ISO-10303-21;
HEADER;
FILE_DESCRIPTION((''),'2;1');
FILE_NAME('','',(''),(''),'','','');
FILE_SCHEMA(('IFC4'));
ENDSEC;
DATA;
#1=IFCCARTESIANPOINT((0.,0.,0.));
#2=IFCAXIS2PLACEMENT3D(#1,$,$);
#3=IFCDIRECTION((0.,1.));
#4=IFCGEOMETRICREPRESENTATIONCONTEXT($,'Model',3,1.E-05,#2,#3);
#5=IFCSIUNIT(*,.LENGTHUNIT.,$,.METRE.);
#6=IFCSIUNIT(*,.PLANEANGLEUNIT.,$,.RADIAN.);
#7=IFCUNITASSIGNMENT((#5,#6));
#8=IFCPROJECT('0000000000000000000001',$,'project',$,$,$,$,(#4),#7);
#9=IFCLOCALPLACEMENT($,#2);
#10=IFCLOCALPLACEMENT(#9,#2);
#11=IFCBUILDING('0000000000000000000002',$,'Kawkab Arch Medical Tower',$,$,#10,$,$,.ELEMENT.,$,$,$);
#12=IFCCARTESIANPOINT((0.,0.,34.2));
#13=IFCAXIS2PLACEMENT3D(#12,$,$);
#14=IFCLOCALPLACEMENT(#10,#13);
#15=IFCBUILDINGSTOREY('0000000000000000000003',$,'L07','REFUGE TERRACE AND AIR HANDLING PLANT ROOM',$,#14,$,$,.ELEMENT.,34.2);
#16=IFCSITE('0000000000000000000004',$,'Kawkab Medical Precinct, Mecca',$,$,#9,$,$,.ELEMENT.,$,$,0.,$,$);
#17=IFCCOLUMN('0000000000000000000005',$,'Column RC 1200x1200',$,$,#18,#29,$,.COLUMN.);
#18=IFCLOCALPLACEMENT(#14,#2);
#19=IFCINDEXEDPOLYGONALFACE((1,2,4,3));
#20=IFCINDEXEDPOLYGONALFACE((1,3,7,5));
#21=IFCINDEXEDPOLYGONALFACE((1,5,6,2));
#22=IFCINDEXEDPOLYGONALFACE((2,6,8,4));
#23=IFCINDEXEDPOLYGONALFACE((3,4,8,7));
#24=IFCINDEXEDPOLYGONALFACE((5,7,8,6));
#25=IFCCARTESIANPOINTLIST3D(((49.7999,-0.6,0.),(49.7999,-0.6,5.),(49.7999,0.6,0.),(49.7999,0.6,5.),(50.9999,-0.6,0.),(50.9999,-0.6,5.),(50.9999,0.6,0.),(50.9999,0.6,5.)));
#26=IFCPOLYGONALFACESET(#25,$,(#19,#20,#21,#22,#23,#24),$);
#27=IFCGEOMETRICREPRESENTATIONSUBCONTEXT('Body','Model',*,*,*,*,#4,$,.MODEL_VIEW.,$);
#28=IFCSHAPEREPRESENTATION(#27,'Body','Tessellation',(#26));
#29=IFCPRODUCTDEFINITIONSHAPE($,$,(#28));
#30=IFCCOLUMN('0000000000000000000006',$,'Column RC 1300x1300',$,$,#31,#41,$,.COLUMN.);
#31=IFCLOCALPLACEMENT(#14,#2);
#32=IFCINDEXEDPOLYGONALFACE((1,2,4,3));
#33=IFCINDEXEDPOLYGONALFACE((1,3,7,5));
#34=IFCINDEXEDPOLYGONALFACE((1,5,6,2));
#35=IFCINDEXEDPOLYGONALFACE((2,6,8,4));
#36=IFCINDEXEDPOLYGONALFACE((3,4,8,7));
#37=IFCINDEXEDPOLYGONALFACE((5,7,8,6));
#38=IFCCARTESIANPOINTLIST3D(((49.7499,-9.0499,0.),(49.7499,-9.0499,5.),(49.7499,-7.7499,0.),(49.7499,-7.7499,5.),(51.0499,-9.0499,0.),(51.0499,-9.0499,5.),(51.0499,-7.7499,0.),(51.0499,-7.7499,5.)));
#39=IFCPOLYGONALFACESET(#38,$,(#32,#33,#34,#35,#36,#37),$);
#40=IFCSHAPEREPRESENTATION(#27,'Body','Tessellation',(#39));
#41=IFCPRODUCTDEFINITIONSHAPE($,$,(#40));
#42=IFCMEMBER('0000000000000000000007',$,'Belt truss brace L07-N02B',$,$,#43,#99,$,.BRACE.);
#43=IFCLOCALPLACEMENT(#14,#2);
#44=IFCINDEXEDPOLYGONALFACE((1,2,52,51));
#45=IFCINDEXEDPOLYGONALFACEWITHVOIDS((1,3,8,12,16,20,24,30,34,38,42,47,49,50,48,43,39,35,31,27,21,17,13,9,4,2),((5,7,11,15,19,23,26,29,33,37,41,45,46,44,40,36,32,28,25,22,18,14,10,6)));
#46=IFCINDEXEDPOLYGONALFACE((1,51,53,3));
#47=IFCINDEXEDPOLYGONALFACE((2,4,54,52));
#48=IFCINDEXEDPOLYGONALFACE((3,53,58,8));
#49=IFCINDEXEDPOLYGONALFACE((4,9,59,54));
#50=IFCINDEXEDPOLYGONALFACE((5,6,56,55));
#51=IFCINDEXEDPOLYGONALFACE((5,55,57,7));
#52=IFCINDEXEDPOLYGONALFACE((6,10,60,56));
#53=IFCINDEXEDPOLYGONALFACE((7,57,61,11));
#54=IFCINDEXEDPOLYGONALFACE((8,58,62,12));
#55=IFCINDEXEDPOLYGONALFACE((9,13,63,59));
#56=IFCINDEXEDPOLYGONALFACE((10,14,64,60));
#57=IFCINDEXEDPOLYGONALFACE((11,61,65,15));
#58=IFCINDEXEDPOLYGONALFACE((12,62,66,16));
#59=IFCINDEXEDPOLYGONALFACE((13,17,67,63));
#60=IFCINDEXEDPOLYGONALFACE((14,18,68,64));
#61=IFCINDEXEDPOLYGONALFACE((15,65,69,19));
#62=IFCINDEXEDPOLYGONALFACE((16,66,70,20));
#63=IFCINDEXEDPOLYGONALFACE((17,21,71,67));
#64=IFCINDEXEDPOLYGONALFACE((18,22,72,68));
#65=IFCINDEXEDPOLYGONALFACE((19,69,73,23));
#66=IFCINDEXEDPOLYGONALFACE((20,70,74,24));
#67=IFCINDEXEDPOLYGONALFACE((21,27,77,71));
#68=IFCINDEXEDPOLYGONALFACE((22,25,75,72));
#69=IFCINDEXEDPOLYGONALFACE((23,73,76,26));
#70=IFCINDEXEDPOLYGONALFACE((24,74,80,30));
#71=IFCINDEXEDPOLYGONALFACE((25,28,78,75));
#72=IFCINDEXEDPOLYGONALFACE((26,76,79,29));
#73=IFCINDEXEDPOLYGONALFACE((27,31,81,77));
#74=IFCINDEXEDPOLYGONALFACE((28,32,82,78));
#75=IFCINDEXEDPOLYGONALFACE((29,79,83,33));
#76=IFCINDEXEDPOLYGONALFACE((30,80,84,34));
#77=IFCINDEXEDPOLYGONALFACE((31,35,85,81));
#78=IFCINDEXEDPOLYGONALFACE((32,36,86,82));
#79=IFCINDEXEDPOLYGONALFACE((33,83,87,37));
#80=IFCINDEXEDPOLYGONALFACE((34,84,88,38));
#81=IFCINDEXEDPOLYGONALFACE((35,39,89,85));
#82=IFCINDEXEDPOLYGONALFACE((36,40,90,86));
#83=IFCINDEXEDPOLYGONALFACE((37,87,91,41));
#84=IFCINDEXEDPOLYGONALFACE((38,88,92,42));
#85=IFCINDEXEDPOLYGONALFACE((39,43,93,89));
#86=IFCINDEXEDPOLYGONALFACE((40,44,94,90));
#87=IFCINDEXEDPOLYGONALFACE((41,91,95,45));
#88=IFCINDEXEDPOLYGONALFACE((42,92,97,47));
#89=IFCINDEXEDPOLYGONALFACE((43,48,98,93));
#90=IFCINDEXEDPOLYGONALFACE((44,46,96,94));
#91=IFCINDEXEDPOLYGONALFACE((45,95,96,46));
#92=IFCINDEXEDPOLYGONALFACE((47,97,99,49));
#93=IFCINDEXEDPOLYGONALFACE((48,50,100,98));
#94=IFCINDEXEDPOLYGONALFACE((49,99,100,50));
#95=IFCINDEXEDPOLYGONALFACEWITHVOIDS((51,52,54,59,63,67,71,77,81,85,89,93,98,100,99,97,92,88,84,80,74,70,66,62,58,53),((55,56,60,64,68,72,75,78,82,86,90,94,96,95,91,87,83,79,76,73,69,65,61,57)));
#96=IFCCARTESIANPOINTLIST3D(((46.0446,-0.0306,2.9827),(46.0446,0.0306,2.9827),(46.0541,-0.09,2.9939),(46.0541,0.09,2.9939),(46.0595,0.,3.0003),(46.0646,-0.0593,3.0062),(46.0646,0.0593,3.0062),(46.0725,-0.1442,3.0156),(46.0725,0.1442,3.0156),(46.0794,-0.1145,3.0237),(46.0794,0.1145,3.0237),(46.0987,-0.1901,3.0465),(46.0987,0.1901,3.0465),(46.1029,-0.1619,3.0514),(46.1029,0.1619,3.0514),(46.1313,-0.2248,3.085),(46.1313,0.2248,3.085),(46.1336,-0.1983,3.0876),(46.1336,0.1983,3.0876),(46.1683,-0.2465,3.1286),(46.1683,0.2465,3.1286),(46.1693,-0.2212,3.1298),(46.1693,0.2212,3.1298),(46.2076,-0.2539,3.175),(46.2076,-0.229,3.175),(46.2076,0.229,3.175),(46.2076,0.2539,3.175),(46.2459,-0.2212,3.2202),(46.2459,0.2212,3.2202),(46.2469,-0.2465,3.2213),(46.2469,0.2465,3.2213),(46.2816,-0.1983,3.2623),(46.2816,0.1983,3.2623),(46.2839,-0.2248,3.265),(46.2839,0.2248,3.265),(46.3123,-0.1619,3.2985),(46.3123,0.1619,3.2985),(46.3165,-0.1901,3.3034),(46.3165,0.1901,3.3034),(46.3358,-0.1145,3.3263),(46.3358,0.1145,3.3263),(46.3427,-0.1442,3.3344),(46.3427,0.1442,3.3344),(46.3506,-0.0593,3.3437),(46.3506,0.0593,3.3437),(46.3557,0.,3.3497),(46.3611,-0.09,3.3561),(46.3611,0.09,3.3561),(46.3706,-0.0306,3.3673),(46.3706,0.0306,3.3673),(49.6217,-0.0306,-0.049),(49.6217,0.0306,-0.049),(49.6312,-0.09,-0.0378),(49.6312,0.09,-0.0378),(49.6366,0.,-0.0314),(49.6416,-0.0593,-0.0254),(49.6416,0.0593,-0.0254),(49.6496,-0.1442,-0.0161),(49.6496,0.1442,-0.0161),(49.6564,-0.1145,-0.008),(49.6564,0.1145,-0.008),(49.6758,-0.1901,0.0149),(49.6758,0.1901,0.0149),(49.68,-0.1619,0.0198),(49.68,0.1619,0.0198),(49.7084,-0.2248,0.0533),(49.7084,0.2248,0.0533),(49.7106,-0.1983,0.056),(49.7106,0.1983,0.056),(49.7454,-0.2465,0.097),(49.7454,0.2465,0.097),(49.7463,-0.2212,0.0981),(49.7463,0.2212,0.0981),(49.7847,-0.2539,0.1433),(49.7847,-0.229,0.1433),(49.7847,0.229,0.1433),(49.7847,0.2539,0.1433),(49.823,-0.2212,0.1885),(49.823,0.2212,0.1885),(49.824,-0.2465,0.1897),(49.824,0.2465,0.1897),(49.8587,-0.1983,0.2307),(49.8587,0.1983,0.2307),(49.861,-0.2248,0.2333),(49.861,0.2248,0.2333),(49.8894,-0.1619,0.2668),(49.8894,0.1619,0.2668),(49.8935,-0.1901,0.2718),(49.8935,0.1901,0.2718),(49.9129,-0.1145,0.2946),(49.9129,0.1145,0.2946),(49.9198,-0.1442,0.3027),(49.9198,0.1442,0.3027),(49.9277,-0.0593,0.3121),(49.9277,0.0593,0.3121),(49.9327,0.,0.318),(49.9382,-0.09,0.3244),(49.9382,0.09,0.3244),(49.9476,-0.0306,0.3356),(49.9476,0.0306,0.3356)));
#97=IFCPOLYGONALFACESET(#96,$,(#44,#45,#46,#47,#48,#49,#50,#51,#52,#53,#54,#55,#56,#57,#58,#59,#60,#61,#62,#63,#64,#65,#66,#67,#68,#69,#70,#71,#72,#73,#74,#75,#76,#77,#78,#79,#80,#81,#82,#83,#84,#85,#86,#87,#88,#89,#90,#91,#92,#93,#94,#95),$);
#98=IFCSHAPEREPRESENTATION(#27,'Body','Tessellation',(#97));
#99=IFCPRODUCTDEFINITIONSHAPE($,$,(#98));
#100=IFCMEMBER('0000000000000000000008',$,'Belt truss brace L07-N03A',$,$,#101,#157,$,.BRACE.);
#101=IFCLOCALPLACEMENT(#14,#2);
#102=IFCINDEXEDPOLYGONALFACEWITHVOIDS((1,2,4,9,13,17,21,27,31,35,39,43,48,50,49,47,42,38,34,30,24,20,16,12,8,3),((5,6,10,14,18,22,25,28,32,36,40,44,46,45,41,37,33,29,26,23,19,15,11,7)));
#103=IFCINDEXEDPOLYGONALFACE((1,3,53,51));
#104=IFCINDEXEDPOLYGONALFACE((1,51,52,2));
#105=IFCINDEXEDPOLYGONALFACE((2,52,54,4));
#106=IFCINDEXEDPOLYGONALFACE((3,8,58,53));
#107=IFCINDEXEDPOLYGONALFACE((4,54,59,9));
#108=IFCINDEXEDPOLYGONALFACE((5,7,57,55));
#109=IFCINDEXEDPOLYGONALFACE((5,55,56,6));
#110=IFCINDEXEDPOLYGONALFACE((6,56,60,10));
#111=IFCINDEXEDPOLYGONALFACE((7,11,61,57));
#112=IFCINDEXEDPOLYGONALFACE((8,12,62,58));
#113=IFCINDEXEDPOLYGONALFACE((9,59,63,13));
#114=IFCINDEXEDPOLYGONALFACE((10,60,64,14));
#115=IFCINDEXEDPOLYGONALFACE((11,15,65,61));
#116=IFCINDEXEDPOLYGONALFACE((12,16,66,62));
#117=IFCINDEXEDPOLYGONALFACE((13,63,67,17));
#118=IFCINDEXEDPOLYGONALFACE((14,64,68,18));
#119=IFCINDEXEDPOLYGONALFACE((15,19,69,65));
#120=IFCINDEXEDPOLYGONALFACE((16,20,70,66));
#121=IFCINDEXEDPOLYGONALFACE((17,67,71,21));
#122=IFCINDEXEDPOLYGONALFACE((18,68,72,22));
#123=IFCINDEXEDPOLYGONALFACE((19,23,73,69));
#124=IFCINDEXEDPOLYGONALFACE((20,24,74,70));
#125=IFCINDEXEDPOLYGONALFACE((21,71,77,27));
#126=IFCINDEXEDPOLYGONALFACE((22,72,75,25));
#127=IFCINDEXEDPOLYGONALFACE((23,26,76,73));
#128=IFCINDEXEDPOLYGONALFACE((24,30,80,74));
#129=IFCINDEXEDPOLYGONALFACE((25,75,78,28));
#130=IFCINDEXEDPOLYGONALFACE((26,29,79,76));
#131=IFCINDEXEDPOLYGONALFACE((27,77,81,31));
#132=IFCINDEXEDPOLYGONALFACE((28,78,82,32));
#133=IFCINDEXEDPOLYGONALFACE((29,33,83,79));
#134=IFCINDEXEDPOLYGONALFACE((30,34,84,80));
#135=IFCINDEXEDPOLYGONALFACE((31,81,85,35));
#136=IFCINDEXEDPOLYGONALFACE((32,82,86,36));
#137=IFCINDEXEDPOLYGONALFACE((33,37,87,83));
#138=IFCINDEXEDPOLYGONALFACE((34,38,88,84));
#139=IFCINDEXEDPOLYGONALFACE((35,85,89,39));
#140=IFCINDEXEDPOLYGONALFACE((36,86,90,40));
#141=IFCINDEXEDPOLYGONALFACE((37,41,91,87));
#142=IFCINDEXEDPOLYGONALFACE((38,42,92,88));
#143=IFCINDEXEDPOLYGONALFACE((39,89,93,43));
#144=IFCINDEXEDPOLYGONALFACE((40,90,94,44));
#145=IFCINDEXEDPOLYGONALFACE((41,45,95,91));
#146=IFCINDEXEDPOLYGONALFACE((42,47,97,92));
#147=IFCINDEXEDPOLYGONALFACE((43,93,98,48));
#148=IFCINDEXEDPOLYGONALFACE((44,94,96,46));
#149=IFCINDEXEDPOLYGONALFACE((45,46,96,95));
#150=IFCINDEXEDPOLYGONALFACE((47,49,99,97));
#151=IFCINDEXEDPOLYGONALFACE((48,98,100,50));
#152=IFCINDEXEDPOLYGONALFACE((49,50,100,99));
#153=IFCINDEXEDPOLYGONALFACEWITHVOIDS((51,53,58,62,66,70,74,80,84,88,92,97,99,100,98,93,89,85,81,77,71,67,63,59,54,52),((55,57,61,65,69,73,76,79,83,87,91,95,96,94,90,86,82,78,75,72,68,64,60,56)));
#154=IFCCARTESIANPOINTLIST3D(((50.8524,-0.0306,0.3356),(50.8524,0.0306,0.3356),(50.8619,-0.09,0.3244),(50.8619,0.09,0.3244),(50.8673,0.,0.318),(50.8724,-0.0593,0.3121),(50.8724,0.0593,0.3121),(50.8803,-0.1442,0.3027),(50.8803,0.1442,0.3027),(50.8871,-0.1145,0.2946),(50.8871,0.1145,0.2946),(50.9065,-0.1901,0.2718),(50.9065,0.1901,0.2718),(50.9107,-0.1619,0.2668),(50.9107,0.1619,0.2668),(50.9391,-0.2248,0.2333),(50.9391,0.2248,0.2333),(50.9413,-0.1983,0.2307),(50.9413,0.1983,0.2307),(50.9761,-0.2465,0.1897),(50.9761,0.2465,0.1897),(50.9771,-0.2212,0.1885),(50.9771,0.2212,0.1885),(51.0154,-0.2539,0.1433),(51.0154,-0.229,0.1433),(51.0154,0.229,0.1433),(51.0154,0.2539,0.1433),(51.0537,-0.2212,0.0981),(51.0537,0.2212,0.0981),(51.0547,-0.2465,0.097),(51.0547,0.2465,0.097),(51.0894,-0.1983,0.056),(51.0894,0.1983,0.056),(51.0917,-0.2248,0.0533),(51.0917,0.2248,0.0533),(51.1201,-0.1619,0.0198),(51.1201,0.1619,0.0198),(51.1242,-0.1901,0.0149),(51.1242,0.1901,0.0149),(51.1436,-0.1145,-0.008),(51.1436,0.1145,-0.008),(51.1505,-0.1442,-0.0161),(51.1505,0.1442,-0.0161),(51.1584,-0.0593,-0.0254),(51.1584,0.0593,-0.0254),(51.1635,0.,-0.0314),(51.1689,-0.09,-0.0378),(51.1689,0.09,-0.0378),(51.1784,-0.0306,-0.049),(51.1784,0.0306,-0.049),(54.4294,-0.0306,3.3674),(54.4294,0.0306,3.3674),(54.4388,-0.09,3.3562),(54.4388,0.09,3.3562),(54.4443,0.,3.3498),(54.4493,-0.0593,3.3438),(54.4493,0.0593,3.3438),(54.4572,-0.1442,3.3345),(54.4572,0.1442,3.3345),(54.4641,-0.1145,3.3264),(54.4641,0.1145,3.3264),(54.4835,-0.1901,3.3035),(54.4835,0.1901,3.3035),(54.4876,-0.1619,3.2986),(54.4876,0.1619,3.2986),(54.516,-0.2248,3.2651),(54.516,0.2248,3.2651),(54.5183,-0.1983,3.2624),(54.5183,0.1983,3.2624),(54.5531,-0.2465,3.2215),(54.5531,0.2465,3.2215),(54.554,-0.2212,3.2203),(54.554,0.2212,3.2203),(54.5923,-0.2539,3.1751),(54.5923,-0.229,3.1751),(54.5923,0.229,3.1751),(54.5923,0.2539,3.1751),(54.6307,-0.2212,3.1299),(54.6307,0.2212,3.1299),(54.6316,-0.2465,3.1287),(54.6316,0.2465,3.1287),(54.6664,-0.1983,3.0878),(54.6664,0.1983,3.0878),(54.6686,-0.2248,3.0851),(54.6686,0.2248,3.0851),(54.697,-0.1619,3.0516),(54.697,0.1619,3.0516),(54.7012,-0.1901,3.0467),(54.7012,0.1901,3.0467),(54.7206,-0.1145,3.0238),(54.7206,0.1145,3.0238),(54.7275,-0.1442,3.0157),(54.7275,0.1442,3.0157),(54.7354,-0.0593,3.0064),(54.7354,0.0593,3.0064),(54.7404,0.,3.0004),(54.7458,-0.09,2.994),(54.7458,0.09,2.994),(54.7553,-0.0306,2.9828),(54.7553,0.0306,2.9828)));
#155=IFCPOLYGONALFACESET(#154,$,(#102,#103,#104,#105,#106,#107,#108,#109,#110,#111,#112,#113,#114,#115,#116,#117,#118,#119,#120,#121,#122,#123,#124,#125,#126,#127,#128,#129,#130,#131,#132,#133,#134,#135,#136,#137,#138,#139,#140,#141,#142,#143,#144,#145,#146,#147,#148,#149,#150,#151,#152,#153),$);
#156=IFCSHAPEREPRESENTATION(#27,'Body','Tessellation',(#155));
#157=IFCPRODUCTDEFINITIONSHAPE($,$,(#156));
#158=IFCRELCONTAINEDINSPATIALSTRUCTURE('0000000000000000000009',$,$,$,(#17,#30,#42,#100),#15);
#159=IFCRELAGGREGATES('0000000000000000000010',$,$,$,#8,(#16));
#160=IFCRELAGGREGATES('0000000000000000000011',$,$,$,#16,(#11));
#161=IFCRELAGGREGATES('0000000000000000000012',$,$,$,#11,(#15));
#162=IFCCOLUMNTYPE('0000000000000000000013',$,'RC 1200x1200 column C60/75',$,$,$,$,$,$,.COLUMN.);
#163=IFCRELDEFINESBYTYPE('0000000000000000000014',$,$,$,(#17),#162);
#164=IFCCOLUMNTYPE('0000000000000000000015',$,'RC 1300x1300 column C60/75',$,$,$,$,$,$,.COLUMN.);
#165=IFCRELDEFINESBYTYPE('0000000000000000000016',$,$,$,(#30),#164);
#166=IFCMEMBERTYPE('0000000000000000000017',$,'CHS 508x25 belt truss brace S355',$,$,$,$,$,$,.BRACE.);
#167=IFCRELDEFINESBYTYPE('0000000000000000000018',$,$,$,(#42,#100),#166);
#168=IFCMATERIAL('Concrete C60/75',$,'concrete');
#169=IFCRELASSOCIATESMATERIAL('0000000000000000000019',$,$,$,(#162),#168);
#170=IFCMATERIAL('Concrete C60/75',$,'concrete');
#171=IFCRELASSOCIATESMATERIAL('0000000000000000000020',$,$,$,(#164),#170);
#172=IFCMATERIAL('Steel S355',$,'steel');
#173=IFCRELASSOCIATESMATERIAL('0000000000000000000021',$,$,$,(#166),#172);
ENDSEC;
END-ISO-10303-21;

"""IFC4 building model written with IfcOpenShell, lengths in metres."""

from ifc_helpers import new_model, si_unit, direction, frame, origin, origin_2d, place, context, subcontext, project, spatial, rectangle, hollow_circle, extrude, material, material_profile, profile_set, type_object, element, save


model = new_model("IFC4")

# Units and contexts
model_context = context("Model", 3, precision=1e-05, world=origin(), true_north=direction((0.0, 1.0)))
body_context = subcontext(model_context, "Body", "Model", "MODEL_VIEW")
ifc_project = project(units=[si_unit("LENGTHUNIT", "METRE"), si_unit("PLANEANGLEUNIT", "RADIAN")], contexts=[model_context])

# Site, building, storey
site_placement = place(None, origin())
site = spatial("IfcSite", under=ifc_project, at=site_placement, Name="Kawkab Medical Precinct, Mecca", CompositionType="ELEMENT", RefElevation=0.0)
building_placement = place(site_placement, origin())
building = spatial("IfcBuilding", under=site, at=building_placement, Name="Kawkab Arch Medical Tower", CompositionType="ELEMENT")
storey_placement = place(building_placement, frame((0.0, 0.0, 34.2)))
storey = spatial("IfcBuildingStorey", under=building, at=storey_placement, Name="L07", Description="REFUGE TERRACE AND AIR HANDLING PLANT ROOM", CompositionType="ELEMENT", Elevation=34.2)

# Columns
ifc_material_1 = material(Name="Concrete C60/75", Category="concrete")
ifc_material_profile_1 = material_profile(ifc_material_1, rectangle(XDim=1.2, YDim=1.2, at=origin_2d()), Name="RC 1200x1200")
ifc_profile_set_1 = profile_set([ifc_material_profile_1], Name="Concrete C60/75")
column_type_1 = type_object("IfcColumnType", Name="RC 1200x1200 column C60/75", PredefinedType="COLUMN", material=ifc_profile_set_1)
column_1_placement = place(storey_placement, frame((50.3999, 0.0, 0.0), z_axis=(0.0, 0.0, 1.0), x_axis=(1.0, 0.0, 0.0)))
element("IfcColumn", 1, at=column_1_placement, inside=storey, type_object=column_type_1, Name="Column RC 1200x1200", PredefinedType="COLUMN", context=body_context, shape_type="SweptSolid", body=[
    extrude(rectangle(XDim=1.2, YDim=1.2, at=origin_2d()), origin(), (0.0, 0.0, 1.0), 5.0),
])
ifc_material_2 = material(Name="Concrete C60/75", Category="concrete")
ifc_material_profile_2 = material_profile(ifc_material_2, rectangle(XDim=1.3, YDim=1.3, at=origin_2d()), Name="RC 1300x1300")
ifc_profile_set_2 = profile_set([ifc_material_profile_2], Name="Concrete C60/75")
column_type_2 = type_object("IfcColumnType", Name="RC 1300x1300 column C60/75", PredefinedType="COLUMN", material=ifc_profile_set_2)
column_2_placement = place(storey_placement, frame((50.3999, -8.3999, 0.0), z_axis=(0.0, 0.0, 1.0), x_axis=(1.0, 0.0, 0.0)))
element("IfcColumn", 2, at=column_2_placement, inside=storey, type_object=column_type_2, Name="Column RC 1300x1300", PredefinedType="COLUMN", context=body_context, shape_type="SweptSolid", body=[
    extrude(rectangle(XDim=1.3, YDim=1.3, at=origin_2d()), origin(), (0.0, 0.0, 1.0), 5.0),
])

# Members
ifc_material_3 = material(Name="Steel S355", Category="steel")
ifc_material_profile_3 = material_profile(ifc_material_3, hollow_circle(Radius=0.2539, WallThickness=0.0249, at=origin_2d()), Name="CHS 508x25")
ifc_profile_set_3 = profile_set([ifc_material_profile_3], Name="Steel S355")
member_type_1 = type_object("IfcMemberType", Name="CHS 508x25 belt truss brace S355", PredefinedType="BRACE", material=ifc_profile_set_3)
for number, where, z_axis, x_axis, name in (
    (3, (49.7847, 0.0, 0.1433), (-0.762869, 0.0, 0.646554), (0.0, -1.0, 0.0), "Belt truss brace L07-N02B"),
    (4, (51.0154, 0.0, 0.1433), (0.762847, 0.0, 0.646579), (0.0, 1.0, 0.0), "Belt truss brace L07-N03A"),
):
    element("IfcMember", number, at=place(storey_placement, frame(where, z_axis=z_axis, x_axis=x_axis)), inside=storey, type_object=member_type_1, Name=name, PredefinedType="BRACE", context=body_context, shape_type="SweptSolid", body=[
        extrude(hollow_circle(Radius=0.2539, WallThickness=0.0249, at=origin_2d()), origin(), (0.0, 0.0, 1.0), 4.689),
    ])

save(model, "model.ifc")
